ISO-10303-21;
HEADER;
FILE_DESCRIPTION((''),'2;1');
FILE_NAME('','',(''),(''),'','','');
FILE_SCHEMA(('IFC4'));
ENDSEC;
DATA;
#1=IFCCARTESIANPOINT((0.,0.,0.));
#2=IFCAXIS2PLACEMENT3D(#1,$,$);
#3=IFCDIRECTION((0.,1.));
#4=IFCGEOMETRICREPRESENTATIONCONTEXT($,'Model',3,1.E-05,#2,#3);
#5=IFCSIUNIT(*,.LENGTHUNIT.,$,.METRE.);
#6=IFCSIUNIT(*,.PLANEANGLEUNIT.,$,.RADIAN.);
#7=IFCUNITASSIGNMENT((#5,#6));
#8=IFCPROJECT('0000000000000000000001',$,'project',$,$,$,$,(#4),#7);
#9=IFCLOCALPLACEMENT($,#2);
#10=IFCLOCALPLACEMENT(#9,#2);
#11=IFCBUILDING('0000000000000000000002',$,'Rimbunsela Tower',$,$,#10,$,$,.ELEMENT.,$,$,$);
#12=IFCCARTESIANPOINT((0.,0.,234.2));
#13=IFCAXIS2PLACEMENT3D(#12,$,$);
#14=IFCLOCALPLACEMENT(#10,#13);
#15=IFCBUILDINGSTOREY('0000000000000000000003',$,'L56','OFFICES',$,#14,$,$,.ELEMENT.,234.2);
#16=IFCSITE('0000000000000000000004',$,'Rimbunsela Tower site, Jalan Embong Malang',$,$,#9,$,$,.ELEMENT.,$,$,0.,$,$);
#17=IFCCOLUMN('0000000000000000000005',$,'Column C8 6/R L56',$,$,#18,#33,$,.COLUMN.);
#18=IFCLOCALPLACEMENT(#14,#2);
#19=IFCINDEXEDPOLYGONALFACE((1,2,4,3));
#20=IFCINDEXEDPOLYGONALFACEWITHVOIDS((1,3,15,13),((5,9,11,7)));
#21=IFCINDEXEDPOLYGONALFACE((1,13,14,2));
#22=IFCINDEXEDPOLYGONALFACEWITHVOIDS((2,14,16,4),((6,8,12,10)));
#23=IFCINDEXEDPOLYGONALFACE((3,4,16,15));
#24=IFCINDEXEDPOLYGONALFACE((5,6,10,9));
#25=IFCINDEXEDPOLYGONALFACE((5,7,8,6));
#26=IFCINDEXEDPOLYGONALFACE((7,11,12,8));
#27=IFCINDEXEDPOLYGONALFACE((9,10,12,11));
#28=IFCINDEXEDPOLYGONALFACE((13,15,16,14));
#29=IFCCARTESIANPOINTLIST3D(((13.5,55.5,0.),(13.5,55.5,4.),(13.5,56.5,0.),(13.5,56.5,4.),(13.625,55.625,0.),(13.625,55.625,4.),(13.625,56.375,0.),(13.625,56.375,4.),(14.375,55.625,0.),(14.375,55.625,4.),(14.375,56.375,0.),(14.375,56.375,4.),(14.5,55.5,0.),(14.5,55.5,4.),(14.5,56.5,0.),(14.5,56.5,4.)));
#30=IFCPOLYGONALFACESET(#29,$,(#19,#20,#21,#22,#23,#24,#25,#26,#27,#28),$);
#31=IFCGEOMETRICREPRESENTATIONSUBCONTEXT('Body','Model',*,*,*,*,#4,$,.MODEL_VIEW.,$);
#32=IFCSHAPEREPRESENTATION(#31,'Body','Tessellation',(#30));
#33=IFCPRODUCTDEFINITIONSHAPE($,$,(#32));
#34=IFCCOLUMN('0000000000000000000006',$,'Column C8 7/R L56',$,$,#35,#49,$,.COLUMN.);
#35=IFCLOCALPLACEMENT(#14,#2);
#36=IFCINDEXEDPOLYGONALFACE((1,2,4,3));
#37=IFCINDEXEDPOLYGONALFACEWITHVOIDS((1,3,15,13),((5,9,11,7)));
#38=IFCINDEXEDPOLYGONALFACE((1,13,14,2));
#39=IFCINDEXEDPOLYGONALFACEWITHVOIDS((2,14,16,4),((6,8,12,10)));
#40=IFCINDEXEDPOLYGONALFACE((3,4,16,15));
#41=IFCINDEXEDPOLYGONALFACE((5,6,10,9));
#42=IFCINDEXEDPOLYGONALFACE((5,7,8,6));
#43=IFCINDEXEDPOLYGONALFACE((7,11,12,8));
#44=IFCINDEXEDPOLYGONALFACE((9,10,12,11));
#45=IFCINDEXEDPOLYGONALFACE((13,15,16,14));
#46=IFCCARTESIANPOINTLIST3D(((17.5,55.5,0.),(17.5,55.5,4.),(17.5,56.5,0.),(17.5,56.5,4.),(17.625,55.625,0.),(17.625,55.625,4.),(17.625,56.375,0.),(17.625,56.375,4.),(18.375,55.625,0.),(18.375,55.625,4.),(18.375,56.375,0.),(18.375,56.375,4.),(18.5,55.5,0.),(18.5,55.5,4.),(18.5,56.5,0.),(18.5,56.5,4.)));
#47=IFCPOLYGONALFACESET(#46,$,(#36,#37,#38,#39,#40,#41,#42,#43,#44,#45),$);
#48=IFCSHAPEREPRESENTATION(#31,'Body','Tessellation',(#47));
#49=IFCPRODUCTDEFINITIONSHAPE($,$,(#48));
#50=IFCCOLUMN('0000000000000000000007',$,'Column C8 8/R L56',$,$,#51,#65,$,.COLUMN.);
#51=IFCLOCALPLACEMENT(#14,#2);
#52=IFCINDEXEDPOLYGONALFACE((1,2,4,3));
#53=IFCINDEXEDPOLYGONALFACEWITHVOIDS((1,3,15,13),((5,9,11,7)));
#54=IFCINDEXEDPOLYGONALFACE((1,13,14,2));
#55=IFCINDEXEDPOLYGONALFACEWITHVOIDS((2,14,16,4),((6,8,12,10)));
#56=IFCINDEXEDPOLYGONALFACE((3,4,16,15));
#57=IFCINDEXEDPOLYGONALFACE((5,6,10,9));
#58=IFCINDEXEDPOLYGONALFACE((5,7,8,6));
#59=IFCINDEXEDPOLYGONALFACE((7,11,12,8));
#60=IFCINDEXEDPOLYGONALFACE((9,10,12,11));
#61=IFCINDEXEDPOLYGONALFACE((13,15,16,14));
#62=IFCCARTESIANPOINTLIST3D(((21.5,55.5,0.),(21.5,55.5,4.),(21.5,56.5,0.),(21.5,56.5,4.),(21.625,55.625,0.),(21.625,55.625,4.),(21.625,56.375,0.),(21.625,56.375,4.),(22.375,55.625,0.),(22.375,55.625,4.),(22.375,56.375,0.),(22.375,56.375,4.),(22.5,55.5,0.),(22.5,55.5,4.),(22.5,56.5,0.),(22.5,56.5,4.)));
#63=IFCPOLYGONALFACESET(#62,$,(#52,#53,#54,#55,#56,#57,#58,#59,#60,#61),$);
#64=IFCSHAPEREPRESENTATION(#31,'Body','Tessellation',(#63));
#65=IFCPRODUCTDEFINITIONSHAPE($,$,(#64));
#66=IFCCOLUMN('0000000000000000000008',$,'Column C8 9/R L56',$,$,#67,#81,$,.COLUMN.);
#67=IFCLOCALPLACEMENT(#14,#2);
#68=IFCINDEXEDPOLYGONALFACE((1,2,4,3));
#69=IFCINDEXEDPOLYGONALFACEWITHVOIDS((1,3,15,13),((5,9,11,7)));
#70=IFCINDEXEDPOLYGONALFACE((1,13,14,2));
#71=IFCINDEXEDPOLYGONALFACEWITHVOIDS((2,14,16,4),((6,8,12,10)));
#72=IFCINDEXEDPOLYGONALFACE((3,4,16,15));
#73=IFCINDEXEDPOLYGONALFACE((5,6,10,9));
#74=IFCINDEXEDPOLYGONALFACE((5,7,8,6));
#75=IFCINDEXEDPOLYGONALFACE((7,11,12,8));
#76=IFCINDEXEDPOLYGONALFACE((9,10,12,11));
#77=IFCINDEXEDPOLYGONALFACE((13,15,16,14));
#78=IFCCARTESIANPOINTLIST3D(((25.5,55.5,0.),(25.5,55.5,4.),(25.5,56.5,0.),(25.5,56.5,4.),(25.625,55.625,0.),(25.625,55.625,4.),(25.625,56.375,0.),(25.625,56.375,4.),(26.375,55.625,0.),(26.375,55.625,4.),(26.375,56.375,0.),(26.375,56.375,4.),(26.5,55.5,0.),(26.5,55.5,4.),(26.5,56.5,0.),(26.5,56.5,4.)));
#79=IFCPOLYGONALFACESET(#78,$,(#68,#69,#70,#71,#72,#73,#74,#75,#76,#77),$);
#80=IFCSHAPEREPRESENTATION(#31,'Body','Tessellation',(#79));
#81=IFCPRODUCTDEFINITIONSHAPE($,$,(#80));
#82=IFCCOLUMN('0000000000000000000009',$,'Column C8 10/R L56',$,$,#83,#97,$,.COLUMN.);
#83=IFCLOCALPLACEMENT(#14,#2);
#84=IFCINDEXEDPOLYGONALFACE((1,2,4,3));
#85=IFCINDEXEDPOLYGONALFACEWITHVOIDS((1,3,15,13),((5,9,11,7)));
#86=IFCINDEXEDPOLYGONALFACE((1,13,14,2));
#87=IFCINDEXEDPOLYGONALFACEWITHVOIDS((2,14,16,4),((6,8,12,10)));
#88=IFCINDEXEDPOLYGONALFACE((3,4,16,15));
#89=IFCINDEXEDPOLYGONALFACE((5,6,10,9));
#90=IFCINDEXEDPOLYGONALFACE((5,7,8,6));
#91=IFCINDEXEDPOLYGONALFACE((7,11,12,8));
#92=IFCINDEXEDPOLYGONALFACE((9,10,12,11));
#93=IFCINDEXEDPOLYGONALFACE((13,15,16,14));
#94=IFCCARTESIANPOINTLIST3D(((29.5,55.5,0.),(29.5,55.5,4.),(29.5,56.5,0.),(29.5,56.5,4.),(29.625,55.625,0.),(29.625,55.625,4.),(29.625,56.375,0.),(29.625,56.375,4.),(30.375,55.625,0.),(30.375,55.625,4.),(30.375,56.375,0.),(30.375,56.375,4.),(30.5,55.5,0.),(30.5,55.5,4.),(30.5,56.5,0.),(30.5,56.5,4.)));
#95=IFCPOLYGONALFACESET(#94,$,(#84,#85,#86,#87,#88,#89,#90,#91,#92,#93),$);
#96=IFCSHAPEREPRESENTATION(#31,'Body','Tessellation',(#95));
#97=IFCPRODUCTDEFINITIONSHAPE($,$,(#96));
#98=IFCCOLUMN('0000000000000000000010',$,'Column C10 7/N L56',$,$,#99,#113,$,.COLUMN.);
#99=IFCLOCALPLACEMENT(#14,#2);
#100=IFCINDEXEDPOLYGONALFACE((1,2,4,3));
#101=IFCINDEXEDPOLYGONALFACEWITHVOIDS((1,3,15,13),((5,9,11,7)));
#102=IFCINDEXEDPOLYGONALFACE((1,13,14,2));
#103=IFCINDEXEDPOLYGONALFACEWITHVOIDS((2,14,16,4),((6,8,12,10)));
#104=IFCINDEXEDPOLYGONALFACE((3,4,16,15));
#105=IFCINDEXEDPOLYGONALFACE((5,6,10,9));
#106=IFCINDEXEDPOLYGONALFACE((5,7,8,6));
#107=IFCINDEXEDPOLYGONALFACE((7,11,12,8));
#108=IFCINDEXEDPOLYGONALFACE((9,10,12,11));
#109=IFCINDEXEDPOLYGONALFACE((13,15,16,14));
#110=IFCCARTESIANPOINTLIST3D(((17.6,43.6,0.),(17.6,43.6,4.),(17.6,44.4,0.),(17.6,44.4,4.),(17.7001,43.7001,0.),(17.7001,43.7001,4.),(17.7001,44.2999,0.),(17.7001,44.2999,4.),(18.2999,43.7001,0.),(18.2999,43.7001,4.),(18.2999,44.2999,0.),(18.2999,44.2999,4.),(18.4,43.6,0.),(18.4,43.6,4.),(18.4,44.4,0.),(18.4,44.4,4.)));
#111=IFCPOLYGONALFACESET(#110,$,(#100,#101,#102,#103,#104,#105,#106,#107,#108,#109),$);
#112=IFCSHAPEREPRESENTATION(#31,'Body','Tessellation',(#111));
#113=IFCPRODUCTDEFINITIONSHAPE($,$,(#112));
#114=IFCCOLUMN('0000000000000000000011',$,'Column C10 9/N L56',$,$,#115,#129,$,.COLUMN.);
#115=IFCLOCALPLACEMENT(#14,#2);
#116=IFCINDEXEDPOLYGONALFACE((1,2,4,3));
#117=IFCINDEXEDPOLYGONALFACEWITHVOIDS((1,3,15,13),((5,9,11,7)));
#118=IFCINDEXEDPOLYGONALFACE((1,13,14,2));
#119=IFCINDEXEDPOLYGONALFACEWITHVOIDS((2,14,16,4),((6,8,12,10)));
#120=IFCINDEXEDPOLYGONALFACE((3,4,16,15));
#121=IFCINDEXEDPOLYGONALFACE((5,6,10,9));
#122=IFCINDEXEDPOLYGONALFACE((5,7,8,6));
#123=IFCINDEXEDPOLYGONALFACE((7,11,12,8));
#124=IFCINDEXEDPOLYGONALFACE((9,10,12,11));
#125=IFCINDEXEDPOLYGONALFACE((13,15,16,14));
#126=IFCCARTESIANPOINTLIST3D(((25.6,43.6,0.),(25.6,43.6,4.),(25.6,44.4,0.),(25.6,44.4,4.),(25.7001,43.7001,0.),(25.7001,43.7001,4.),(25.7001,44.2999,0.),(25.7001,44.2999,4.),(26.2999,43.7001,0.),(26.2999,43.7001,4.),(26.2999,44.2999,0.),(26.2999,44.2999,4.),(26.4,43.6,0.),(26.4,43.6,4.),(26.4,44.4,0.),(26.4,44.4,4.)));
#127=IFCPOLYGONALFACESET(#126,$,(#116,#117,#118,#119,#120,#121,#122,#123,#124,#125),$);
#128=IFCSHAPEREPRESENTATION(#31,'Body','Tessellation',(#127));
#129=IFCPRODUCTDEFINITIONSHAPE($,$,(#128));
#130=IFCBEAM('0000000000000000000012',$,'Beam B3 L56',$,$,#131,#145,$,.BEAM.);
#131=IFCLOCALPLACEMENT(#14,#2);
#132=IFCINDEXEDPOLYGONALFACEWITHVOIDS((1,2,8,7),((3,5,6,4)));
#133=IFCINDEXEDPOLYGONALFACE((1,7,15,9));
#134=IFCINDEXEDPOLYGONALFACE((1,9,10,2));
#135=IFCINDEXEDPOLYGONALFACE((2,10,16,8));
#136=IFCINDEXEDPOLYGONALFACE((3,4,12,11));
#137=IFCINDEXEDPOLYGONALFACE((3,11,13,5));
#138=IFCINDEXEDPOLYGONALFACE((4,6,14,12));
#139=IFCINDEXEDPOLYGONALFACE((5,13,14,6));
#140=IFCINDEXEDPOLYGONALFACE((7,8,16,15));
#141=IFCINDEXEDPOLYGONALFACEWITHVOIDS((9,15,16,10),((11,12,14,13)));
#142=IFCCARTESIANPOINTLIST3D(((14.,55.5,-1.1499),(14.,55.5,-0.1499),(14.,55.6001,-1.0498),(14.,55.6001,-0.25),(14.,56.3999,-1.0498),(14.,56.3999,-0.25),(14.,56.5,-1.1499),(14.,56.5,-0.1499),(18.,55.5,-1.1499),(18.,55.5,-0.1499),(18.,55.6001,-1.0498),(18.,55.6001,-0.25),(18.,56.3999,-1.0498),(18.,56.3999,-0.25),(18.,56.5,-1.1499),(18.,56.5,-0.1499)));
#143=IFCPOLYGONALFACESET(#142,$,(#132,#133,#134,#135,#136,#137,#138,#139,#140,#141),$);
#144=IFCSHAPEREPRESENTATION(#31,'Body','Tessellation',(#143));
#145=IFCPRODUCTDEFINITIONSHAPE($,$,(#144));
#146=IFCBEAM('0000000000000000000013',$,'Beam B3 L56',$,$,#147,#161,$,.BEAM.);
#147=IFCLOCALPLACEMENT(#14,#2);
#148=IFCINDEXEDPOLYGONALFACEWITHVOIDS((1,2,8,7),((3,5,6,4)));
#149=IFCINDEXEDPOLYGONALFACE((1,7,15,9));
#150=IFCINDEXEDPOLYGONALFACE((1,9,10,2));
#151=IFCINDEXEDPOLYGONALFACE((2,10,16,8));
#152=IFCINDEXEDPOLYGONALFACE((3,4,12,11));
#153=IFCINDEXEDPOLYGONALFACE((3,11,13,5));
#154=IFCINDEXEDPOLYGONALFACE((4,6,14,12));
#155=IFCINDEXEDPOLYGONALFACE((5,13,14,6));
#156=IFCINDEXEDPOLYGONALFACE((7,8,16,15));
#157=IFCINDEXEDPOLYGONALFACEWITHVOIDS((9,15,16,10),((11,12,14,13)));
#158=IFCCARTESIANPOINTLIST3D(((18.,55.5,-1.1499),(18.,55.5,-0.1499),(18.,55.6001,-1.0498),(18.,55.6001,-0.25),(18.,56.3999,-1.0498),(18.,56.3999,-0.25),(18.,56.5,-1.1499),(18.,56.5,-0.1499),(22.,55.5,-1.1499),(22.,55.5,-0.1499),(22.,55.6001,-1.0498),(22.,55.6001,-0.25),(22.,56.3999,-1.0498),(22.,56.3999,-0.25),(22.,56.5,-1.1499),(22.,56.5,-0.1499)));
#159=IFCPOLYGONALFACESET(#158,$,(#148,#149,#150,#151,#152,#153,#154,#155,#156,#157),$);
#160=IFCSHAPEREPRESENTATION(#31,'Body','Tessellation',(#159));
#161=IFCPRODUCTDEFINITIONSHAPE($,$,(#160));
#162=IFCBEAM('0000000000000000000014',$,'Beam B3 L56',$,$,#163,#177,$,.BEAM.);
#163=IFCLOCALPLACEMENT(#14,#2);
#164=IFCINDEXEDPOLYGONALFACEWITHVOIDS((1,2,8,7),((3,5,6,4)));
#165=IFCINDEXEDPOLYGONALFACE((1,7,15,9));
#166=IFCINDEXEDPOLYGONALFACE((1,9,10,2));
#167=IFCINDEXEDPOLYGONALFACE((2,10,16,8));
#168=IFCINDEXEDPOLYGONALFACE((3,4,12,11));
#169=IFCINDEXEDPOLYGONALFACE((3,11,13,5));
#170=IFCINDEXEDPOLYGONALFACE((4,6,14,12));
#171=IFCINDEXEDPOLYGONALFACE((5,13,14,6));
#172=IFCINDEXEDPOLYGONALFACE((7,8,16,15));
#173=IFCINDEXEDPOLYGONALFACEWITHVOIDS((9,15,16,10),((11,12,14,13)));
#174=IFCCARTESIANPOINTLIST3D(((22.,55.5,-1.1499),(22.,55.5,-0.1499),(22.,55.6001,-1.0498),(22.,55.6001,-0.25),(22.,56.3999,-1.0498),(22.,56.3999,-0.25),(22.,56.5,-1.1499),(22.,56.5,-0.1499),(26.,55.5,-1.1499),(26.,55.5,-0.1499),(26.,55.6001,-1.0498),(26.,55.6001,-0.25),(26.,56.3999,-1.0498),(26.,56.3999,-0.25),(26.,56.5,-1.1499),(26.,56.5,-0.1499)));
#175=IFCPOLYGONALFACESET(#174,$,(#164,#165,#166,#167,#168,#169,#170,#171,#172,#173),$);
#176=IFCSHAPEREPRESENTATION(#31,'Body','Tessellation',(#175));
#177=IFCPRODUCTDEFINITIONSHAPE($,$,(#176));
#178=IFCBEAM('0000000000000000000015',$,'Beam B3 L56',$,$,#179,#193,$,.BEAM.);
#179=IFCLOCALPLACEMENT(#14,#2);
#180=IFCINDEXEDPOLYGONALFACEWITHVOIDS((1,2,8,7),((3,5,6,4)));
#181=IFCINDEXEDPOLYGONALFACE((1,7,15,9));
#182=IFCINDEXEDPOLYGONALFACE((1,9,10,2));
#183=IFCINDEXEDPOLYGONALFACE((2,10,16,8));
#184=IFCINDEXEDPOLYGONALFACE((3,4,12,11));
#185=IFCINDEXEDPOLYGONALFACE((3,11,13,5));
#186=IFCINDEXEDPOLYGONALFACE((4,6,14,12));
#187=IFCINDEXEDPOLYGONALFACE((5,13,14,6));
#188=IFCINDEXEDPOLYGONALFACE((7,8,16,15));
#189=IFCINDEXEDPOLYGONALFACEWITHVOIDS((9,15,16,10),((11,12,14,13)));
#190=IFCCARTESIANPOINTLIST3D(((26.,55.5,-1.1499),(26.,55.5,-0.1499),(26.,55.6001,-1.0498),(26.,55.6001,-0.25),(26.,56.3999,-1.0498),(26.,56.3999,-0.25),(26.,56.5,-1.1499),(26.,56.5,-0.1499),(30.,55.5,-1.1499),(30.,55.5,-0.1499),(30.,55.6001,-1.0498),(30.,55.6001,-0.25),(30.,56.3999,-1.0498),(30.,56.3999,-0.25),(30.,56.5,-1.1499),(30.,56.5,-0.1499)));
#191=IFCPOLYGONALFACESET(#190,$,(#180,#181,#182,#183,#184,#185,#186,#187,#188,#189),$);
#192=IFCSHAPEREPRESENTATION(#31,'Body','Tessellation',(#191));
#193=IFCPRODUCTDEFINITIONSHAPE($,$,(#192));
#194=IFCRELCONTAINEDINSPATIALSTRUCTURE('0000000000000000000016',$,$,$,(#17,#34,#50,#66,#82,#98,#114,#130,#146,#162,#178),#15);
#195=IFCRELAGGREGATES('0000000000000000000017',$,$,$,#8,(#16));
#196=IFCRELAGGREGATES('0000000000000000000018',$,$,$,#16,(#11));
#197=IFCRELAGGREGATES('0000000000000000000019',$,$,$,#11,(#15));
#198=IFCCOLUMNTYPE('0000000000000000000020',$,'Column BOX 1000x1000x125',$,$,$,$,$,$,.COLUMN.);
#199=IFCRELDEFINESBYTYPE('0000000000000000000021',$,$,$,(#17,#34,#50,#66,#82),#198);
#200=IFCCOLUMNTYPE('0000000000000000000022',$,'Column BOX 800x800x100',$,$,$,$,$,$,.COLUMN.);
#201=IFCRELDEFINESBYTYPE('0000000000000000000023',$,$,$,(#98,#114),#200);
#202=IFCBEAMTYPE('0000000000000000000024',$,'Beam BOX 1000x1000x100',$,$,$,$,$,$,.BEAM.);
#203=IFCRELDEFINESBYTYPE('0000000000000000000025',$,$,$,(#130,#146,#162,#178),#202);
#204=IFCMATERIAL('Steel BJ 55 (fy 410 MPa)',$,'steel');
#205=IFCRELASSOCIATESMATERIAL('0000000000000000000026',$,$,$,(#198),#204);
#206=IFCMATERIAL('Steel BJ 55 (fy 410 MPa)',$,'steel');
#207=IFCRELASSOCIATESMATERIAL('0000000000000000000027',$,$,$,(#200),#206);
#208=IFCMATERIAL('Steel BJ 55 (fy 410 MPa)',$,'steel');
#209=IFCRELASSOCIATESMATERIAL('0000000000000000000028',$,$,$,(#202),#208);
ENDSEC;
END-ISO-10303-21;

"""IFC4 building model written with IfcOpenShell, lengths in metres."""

from ifc_helpers import new_model, si_unit, direction, frame, origin, origin_2d, place, context, subcontext, project, spatial, hollow_rectangle, extrude, material, material_profile, profile_set, type_object, element, save


model = new_model("IFC4")

# Units and contexts
model_context = context("Model", 3, precision=1e-05, world=origin(), true_north=direction((0.0, 1.0)))
body_context = subcontext(model_context, "Body", "Model", "MODEL_VIEW")
ifc_project = project(units=[si_unit("LENGTHUNIT", "METRE"), si_unit("PLANEANGLEUNIT", "RADIAN")], contexts=[model_context])

# Site, building, storey
site_placement = place(None, origin())
site = spatial("IfcSite", under=ifc_project, at=site_placement, Name="Rimbunsela Tower site, Jalan Embong Malang", CompositionType="ELEMENT", RefElevation=0.0)
building_placement = place(site_placement, origin())
building = spatial("IfcBuilding", under=site, at=building_placement, Name="Rimbunsela Tower", CompositionType="ELEMENT")
storey_placement = place(building_placement, frame((0.0, 0.0, 234.2)))
storey = spatial("IfcBuildingStorey", under=building, at=storey_placement, Name="L56", Description="OFFICES", CompositionType="ELEMENT", Elevation=234.2)

# Columns
ifc_material_1 = material(Name="Steel BJ 55 (fy 410 MPa)", Category="steel")
ifc_material_profile_1 = material_profile(ifc_material_1, hollow_rectangle(XDim=1.0, YDim=1.0, WallThickness=0.125, at=origin_2d()), Name="BOX 1000x1000x125")
ifc_profile_set_1 = profile_set([ifc_material_profile_1], Name="Steel BJ 55 (fy 410 MPa)")
column_type_1 = type_object("IfcColumnType", Name="Column BOX 1000x1000x125", PredefinedType="COLUMN", material=ifc_profile_set_1)
for number, where, z_axis, x_axis, name in (
    (1, (14.0, 56.0, 0.0), (0.0, 0.0, 1.0), (1.0, 0.0, 0.0), "Column C8 6/R L56"),
    (2, (18.0, 56.0, 0.0), (0.0, 0.0, 1.0), (1.0, 0.0, 0.0), "Column C8 7/R L56"),
    (3, (22.0, 56.0, 0.0), (0.0, 0.0, 1.0), (1.0, 0.0, 0.0), "Column C8 8/R L56"),
    (4, (26.0, 56.0, 0.0), (0.0, 0.0, 1.0), (1.0, 0.0, 0.0), "Column C8 9/R L56"),
    (5, (30.0, 56.0, 0.0), (0.0, 0.0, 1.0), (1.0, 0.0, 0.0), "Column C8 10/R L56"),
):
    element("IfcColumn", number, at=place(storey_placement, frame(where, z_axis=z_axis, x_axis=x_axis)), inside=storey, type_object=column_type_1, Name=name, PredefinedType="COLUMN", context=body_context, shape_type="SweptSolid", body=[
        extrude(hollow_rectangle(XDim=1.0, YDim=1.0, WallThickness=0.125, at=origin_2d()), origin(), (0.0, 0.0, 1.0), 4.0),
    ])
ifc_material_2 = material(Name="Steel BJ 55 (fy 410 MPa)", Category="steel")
ifc_material_profile_2 = material_profile(ifc_material_2, hollow_rectangle(XDim=0.8, YDim=0.8, WallThickness=0.1001, at=origin_2d()), Name="BOX 800x800x100")
ifc_profile_set_2 = profile_set([ifc_material_profile_2], Name="Steel BJ 55 (fy 410 MPa)")
column_type_2 = type_object("IfcColumnType", Name="Column BOX 800x800x100", PredefinedType="COLUMN", material=ifc_profile_set_2)
for number, where, z_axis, x_axis, name in (
    (6, (18.0, 44.0, 0.0), (0.0, 0.0, 1.0), (1.0, 0.0, 0.0), "Column C10 7/N L56"),
    (7, (26.0, 44.0, 0.0), (0.0, 0.0, 1.0), (1.0, 0.0, 0.0), "Column C10 9/N L56"),
):
    element("IfcColumn", number, at=place(storey_placement, frame(where, z_axis=z_axis, x_axis=x_axis)), inside=storey, type_object=column_type_2, Name=name, PredefinedType="COLUMN", context=body_context, shape_type="SweptSolid", body=[
        extrude(hollow_rectangle(XDim=0.8, YDim=0.8, WallThickness=0.1001, at=origin_2d()), origin(), (0.0, 0.0, 1.0), 4.0),
    ])

# Beams
ifc_material_3 = material(Name="Steel BJ 55 (fy 410 MPa)", Category="steel")
ifc_material_profile_3 = material_profile(ifc_material_3, hollow_rectangle(XDim=1.0, YDim=1.0, WallThickness=0.1001, at=origin_2d()), Name="BOX 1000x1000x100")
ifc_profile_set_3 = profile_set([ifc_material_profile_3], Name="Steel BJ 55 (fy 410 MPa)")
beam_type_1 = type_object("IfcBeamType", Name="Beam BOX 1000x1000x100", PredefinedType="BEAM", material=ifc_profile_set_3)
for number, where, z_axis, x_axis, name in (
    (8, (14.0, 56.0, -0.6499), (1.0, 0.0, 0.0), (0.0, 1.0, 0.0), "Beam B3 L56"),
    (9, (18.0, 56.0, -0.6499), (1.0, 0.0, 0.0), (0.0, 1.0, 0.0), "Beam B3 L56"),
    (10, (22.0, 56.0, -0.6499), (1.0, 0.0, 0.0), (0.0, 1.0, 0.0), "Beam B3 L56"),
    (11, (26.0, 56.0, -0.6499), (1.0, 0.0, 0.0), (0.0, 1.0, 0.0), "Beam B3 L56"),
):
    element("IfcBeam", number, at=place(storey_placement, frame(where, z_axis=z_axis, x_axis=x_axis)), inside=storey, type_object=beam_type_1, Name=name, PredefinedType="BEAM", context=body_context, shape_type="SweptSolid", body=[
        extrude(hollow_rectangle(XDim=1.0, YDim=1.0, WallThickness=0.1001, at=origin_2d()), origin(), (0.0, 0.0, 1.0), 4.0),
    ])

save(model, "model.ifc")
